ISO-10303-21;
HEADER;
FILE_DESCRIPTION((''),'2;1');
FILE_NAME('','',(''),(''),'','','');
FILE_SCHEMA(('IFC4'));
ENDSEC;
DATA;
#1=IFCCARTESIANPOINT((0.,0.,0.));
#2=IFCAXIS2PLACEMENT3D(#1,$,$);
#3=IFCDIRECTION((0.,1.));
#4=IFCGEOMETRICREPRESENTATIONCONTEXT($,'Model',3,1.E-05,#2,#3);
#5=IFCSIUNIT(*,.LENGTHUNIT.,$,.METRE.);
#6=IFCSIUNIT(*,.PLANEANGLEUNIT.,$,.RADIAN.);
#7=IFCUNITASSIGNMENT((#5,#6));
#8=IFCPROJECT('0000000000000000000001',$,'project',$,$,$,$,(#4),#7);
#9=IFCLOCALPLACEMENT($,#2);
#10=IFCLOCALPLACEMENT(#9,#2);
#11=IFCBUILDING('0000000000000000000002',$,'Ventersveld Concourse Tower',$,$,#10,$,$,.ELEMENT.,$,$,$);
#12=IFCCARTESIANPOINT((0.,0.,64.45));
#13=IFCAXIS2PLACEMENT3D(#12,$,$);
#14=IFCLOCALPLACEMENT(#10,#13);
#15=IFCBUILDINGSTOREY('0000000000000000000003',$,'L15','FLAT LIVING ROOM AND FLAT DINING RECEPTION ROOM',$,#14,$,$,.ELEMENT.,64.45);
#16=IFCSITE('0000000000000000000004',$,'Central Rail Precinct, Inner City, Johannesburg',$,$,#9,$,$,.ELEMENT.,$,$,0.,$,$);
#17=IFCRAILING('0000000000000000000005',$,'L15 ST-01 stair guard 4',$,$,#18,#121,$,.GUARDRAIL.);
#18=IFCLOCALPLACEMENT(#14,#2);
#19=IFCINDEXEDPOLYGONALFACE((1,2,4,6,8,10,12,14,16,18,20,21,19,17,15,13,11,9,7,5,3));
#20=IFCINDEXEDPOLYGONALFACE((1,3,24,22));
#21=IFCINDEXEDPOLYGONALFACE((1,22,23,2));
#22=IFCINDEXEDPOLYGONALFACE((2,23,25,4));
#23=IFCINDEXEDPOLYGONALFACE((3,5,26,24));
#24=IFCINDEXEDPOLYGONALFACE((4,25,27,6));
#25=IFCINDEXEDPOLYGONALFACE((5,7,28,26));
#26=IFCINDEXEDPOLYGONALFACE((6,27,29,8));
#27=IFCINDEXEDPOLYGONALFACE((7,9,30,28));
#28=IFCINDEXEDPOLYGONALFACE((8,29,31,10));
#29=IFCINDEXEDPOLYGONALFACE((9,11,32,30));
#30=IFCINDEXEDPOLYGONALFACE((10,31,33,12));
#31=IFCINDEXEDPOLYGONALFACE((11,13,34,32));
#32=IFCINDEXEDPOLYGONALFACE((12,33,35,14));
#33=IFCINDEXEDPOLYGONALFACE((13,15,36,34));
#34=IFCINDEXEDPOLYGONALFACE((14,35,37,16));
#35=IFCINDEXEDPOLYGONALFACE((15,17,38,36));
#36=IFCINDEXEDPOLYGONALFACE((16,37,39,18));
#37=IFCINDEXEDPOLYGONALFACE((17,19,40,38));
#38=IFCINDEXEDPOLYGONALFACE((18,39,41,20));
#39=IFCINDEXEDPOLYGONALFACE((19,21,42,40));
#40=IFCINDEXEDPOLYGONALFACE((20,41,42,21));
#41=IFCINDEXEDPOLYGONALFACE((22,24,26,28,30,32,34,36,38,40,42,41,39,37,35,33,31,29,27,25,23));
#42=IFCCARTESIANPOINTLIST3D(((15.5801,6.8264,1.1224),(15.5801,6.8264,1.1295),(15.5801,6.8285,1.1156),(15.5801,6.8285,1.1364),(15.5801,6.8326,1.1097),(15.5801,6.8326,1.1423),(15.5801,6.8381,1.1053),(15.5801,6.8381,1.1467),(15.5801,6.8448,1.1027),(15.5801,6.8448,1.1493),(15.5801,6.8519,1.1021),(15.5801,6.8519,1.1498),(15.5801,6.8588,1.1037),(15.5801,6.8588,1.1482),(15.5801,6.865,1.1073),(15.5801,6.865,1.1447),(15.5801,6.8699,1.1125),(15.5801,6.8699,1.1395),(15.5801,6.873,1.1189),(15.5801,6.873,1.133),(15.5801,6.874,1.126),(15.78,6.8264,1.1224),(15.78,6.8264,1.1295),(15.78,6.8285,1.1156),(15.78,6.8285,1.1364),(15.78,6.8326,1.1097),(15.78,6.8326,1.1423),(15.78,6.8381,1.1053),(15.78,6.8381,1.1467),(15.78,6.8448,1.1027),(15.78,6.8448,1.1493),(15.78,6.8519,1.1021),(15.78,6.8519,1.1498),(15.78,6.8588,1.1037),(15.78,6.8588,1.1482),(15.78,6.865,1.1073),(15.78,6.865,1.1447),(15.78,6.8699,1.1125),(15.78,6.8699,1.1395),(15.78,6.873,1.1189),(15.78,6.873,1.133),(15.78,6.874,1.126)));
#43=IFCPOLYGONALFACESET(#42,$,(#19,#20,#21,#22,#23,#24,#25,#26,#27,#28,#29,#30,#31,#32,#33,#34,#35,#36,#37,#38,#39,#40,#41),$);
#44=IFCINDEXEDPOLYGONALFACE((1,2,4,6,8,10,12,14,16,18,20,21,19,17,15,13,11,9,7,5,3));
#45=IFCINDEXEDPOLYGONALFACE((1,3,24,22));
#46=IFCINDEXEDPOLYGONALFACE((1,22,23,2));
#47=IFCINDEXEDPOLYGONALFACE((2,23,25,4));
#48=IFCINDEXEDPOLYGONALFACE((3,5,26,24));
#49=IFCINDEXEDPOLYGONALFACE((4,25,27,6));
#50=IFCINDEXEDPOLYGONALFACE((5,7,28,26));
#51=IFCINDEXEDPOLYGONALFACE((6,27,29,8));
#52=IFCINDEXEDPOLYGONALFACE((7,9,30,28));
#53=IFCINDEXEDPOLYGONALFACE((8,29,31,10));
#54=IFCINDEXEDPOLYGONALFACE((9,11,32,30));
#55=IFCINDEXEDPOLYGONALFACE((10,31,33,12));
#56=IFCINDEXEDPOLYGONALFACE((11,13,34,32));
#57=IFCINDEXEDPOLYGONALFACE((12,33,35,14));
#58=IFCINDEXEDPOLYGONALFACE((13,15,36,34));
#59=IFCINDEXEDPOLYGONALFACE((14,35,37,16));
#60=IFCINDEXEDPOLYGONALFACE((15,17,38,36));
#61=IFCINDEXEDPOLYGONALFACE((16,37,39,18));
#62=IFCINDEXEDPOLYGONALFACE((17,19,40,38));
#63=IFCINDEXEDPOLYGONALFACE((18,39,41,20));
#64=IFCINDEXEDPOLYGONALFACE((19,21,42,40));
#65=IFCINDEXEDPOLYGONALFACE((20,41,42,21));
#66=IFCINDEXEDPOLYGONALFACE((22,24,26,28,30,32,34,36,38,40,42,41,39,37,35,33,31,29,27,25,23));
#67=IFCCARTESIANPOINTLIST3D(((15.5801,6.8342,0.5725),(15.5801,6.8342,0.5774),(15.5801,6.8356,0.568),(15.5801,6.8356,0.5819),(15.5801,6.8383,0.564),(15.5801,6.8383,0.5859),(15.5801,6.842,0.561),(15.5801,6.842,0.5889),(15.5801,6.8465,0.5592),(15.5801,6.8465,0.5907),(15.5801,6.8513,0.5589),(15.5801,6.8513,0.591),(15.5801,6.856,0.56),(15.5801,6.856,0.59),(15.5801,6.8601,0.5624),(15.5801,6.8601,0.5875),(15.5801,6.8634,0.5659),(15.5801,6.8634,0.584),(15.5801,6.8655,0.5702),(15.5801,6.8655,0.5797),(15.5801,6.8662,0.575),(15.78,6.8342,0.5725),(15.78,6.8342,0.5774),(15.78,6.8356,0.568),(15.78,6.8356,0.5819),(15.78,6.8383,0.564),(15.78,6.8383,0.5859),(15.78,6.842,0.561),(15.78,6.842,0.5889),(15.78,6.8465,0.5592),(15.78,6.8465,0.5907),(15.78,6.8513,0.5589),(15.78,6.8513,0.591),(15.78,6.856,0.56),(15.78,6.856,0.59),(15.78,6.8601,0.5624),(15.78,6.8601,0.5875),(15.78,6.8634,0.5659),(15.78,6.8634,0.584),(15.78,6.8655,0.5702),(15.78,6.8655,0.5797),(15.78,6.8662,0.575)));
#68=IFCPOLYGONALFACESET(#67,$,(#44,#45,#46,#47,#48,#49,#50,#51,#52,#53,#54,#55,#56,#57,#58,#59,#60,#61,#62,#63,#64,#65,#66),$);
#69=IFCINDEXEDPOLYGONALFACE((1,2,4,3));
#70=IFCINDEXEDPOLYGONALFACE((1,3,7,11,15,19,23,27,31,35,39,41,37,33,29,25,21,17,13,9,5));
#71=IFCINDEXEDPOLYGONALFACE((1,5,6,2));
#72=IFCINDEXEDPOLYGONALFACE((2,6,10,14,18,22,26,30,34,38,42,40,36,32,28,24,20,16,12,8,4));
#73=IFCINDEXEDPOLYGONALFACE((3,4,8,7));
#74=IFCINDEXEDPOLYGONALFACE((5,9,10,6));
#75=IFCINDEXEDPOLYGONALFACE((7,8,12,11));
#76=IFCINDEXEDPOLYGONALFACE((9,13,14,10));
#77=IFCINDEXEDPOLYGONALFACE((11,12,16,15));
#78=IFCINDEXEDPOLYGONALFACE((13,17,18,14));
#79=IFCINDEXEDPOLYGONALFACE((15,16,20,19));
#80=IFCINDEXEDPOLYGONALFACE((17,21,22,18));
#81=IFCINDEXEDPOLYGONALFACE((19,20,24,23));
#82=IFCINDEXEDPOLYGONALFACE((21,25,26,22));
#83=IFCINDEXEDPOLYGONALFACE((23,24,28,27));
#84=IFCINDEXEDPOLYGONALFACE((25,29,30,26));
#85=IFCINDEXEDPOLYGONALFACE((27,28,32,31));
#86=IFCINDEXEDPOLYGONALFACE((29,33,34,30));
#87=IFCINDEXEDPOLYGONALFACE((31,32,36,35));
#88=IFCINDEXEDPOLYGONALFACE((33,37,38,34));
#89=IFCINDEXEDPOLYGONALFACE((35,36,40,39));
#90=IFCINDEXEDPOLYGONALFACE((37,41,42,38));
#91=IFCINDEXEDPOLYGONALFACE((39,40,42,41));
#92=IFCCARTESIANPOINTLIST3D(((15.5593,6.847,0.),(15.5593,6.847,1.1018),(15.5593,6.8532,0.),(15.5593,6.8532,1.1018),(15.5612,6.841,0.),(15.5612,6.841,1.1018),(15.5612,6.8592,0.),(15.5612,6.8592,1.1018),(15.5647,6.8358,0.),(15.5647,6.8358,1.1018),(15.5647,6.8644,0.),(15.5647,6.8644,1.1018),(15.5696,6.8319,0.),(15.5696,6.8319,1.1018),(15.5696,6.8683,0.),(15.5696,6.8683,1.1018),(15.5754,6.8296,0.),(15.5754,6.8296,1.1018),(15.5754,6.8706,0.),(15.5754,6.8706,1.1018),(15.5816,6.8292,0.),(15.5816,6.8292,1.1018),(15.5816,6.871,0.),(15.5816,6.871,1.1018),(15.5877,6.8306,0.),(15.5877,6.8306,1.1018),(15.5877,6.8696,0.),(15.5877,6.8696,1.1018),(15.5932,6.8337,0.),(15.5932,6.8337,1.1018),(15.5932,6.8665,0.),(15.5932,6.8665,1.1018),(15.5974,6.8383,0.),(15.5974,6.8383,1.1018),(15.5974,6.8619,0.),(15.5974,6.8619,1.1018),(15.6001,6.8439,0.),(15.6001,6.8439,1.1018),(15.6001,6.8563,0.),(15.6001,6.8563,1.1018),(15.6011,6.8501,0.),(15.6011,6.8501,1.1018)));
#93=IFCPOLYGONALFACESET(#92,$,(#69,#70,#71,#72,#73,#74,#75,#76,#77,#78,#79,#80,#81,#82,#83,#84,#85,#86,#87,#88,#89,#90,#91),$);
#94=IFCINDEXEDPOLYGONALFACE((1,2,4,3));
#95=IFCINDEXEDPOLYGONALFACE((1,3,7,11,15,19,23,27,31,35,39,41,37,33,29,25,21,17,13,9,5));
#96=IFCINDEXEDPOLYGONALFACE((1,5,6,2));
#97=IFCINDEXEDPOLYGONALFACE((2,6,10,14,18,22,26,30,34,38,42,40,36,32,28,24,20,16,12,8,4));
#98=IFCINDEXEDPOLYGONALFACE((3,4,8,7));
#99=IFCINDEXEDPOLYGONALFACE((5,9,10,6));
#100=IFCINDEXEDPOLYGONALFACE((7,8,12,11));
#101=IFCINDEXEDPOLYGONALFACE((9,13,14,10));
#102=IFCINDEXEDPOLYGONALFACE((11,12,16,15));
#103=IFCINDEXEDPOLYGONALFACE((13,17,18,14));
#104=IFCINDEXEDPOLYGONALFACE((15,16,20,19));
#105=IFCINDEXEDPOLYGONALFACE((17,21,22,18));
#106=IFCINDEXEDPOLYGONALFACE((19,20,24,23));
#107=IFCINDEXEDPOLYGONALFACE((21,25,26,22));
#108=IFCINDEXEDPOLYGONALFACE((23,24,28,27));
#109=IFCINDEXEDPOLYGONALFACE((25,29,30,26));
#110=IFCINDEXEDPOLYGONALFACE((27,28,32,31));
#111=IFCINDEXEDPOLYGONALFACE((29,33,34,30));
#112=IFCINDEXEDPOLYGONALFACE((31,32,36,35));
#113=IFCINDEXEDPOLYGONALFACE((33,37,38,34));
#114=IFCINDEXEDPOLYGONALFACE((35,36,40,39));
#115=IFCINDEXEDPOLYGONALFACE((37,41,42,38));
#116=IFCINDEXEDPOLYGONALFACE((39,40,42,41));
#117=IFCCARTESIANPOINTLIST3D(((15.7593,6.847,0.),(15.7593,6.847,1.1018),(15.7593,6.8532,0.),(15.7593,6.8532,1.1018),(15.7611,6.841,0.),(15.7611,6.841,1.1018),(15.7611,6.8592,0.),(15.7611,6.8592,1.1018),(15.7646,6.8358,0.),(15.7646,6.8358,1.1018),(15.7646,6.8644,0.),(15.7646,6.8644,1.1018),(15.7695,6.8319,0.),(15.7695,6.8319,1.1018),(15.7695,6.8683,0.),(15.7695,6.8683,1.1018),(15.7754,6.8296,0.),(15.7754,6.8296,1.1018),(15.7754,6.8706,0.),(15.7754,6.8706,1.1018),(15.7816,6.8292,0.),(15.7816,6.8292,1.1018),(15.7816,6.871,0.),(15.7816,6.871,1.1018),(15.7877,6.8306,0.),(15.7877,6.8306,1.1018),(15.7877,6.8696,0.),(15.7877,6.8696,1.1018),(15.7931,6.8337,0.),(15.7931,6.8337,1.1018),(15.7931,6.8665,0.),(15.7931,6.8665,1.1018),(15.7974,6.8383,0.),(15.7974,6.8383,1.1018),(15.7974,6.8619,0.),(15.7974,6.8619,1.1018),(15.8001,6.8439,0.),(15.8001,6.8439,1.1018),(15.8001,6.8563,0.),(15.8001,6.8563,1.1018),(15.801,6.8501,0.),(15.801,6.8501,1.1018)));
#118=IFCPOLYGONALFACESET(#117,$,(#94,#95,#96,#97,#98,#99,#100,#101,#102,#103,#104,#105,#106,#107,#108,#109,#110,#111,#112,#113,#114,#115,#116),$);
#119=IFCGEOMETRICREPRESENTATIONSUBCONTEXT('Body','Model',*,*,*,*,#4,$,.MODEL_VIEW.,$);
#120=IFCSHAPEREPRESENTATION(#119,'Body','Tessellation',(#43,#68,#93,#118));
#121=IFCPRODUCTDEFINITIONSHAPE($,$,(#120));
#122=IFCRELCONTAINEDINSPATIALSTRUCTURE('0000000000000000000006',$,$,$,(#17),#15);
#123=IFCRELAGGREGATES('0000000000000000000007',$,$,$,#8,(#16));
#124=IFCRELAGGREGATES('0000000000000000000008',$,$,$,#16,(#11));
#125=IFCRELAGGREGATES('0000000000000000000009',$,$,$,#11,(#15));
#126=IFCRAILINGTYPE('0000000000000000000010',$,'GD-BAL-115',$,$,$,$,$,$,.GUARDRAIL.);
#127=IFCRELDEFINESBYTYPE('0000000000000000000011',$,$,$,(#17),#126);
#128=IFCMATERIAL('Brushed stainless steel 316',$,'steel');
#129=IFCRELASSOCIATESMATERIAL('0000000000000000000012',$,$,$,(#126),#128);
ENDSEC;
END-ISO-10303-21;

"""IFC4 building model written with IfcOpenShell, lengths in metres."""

from ifc_helpers import new_model, si_unit, direction, frame, origin, origin_2d, place, context, subcontext, project, spatial, circle, extrude, material, type_object, element, save


model = new_model("IFC4")

# Units and contexts
model_context = context("Model", 3, precision=1e-05, world=origin(), true_north=direction((0.0, 1.0)))
body_context = subcontext(model_context, "Body", "Model", "MODEL_VIEW")
ifc_project = project(units=[si_unit("LENGTHUNIT", "METRE"), si_unit("PLANEANGLEUNIT", "RADIAN")], contexts=[model_context])

# Site, building, storey
site_placement = place(None, origin())
site = spatial("IfcSite", under=ifc_project, at=site_placement, Name="Central Rail Precinct, Inner City, Johannesburg", CompositionType="ELEMENT", RefElevation=0.0)
building_placement = place(site_placement, origin())
building = spatial("IfcBuilding", under=site, at=building_placement, Name="Ventersveld Concourse Tower", CompositionType="ELEMENT")
storey_placement = place(building_placement, frame((0.0, 0.0, 64.45)))
storey = spatial("IfcBuildingStorey", under=building, at=storey_placement, Name="L15", Description="FLAT LIVING ROOM AND FLAT DINING RECEPTION ROOM", CompositionType="ELEMENT", Elevation=64.45)

# Shared definitions
ifc_material_1 = material(Name="Brushed stainless steel 316", Category="steel")

# Railing
railing_type_1 = type_object("IfcRailingType", Name="GD-BAL-115", PredefinedType="GUARDRAIL", material=ifc_material_1)
railing_1_placement = place(storey_placement, frame((15.5801, 6.8501, 0.0)))
element("IfcRailing", 1, at=railing_1_placement, inside=storey, type_object=railing_type_1, Name="L15 ST-01 stair guard 4", PredefinedType="GUARDRAIL", context=body_context, shape_type="SweptSolid", body=[
    extrude(circle(Radius=0.0239, at=origin_2d()), frame((0.0, 0.0, 1.126), z_axis=(1.0, 0.0, 0.0), x_axis=(0.0, 1.0, 0.0)), (0.0, 0.0, 1.0), 0.2),
    extrude(circle(Radius=0.0161, at=origin_2d()), frame((0.0, 0.0, 0.575), z_axis=(1.0, 0.0, 0.0), x_axis=(0.0, 1.0, 0.0)), (0.0, 0.0, 1.0), 0.2),
    extrude(circle(Radius=0.021, at=origin_2d()), origin(), (0.0, 0.0, 1.0), 1.1018),
    extrude(circle(Radius=0.021, at=origin_2d()), frame((0.2, 0.0, 0.0)), (0.0, 0.0, 1.0), 1.1018),
])

save(model, "model.ifc")
